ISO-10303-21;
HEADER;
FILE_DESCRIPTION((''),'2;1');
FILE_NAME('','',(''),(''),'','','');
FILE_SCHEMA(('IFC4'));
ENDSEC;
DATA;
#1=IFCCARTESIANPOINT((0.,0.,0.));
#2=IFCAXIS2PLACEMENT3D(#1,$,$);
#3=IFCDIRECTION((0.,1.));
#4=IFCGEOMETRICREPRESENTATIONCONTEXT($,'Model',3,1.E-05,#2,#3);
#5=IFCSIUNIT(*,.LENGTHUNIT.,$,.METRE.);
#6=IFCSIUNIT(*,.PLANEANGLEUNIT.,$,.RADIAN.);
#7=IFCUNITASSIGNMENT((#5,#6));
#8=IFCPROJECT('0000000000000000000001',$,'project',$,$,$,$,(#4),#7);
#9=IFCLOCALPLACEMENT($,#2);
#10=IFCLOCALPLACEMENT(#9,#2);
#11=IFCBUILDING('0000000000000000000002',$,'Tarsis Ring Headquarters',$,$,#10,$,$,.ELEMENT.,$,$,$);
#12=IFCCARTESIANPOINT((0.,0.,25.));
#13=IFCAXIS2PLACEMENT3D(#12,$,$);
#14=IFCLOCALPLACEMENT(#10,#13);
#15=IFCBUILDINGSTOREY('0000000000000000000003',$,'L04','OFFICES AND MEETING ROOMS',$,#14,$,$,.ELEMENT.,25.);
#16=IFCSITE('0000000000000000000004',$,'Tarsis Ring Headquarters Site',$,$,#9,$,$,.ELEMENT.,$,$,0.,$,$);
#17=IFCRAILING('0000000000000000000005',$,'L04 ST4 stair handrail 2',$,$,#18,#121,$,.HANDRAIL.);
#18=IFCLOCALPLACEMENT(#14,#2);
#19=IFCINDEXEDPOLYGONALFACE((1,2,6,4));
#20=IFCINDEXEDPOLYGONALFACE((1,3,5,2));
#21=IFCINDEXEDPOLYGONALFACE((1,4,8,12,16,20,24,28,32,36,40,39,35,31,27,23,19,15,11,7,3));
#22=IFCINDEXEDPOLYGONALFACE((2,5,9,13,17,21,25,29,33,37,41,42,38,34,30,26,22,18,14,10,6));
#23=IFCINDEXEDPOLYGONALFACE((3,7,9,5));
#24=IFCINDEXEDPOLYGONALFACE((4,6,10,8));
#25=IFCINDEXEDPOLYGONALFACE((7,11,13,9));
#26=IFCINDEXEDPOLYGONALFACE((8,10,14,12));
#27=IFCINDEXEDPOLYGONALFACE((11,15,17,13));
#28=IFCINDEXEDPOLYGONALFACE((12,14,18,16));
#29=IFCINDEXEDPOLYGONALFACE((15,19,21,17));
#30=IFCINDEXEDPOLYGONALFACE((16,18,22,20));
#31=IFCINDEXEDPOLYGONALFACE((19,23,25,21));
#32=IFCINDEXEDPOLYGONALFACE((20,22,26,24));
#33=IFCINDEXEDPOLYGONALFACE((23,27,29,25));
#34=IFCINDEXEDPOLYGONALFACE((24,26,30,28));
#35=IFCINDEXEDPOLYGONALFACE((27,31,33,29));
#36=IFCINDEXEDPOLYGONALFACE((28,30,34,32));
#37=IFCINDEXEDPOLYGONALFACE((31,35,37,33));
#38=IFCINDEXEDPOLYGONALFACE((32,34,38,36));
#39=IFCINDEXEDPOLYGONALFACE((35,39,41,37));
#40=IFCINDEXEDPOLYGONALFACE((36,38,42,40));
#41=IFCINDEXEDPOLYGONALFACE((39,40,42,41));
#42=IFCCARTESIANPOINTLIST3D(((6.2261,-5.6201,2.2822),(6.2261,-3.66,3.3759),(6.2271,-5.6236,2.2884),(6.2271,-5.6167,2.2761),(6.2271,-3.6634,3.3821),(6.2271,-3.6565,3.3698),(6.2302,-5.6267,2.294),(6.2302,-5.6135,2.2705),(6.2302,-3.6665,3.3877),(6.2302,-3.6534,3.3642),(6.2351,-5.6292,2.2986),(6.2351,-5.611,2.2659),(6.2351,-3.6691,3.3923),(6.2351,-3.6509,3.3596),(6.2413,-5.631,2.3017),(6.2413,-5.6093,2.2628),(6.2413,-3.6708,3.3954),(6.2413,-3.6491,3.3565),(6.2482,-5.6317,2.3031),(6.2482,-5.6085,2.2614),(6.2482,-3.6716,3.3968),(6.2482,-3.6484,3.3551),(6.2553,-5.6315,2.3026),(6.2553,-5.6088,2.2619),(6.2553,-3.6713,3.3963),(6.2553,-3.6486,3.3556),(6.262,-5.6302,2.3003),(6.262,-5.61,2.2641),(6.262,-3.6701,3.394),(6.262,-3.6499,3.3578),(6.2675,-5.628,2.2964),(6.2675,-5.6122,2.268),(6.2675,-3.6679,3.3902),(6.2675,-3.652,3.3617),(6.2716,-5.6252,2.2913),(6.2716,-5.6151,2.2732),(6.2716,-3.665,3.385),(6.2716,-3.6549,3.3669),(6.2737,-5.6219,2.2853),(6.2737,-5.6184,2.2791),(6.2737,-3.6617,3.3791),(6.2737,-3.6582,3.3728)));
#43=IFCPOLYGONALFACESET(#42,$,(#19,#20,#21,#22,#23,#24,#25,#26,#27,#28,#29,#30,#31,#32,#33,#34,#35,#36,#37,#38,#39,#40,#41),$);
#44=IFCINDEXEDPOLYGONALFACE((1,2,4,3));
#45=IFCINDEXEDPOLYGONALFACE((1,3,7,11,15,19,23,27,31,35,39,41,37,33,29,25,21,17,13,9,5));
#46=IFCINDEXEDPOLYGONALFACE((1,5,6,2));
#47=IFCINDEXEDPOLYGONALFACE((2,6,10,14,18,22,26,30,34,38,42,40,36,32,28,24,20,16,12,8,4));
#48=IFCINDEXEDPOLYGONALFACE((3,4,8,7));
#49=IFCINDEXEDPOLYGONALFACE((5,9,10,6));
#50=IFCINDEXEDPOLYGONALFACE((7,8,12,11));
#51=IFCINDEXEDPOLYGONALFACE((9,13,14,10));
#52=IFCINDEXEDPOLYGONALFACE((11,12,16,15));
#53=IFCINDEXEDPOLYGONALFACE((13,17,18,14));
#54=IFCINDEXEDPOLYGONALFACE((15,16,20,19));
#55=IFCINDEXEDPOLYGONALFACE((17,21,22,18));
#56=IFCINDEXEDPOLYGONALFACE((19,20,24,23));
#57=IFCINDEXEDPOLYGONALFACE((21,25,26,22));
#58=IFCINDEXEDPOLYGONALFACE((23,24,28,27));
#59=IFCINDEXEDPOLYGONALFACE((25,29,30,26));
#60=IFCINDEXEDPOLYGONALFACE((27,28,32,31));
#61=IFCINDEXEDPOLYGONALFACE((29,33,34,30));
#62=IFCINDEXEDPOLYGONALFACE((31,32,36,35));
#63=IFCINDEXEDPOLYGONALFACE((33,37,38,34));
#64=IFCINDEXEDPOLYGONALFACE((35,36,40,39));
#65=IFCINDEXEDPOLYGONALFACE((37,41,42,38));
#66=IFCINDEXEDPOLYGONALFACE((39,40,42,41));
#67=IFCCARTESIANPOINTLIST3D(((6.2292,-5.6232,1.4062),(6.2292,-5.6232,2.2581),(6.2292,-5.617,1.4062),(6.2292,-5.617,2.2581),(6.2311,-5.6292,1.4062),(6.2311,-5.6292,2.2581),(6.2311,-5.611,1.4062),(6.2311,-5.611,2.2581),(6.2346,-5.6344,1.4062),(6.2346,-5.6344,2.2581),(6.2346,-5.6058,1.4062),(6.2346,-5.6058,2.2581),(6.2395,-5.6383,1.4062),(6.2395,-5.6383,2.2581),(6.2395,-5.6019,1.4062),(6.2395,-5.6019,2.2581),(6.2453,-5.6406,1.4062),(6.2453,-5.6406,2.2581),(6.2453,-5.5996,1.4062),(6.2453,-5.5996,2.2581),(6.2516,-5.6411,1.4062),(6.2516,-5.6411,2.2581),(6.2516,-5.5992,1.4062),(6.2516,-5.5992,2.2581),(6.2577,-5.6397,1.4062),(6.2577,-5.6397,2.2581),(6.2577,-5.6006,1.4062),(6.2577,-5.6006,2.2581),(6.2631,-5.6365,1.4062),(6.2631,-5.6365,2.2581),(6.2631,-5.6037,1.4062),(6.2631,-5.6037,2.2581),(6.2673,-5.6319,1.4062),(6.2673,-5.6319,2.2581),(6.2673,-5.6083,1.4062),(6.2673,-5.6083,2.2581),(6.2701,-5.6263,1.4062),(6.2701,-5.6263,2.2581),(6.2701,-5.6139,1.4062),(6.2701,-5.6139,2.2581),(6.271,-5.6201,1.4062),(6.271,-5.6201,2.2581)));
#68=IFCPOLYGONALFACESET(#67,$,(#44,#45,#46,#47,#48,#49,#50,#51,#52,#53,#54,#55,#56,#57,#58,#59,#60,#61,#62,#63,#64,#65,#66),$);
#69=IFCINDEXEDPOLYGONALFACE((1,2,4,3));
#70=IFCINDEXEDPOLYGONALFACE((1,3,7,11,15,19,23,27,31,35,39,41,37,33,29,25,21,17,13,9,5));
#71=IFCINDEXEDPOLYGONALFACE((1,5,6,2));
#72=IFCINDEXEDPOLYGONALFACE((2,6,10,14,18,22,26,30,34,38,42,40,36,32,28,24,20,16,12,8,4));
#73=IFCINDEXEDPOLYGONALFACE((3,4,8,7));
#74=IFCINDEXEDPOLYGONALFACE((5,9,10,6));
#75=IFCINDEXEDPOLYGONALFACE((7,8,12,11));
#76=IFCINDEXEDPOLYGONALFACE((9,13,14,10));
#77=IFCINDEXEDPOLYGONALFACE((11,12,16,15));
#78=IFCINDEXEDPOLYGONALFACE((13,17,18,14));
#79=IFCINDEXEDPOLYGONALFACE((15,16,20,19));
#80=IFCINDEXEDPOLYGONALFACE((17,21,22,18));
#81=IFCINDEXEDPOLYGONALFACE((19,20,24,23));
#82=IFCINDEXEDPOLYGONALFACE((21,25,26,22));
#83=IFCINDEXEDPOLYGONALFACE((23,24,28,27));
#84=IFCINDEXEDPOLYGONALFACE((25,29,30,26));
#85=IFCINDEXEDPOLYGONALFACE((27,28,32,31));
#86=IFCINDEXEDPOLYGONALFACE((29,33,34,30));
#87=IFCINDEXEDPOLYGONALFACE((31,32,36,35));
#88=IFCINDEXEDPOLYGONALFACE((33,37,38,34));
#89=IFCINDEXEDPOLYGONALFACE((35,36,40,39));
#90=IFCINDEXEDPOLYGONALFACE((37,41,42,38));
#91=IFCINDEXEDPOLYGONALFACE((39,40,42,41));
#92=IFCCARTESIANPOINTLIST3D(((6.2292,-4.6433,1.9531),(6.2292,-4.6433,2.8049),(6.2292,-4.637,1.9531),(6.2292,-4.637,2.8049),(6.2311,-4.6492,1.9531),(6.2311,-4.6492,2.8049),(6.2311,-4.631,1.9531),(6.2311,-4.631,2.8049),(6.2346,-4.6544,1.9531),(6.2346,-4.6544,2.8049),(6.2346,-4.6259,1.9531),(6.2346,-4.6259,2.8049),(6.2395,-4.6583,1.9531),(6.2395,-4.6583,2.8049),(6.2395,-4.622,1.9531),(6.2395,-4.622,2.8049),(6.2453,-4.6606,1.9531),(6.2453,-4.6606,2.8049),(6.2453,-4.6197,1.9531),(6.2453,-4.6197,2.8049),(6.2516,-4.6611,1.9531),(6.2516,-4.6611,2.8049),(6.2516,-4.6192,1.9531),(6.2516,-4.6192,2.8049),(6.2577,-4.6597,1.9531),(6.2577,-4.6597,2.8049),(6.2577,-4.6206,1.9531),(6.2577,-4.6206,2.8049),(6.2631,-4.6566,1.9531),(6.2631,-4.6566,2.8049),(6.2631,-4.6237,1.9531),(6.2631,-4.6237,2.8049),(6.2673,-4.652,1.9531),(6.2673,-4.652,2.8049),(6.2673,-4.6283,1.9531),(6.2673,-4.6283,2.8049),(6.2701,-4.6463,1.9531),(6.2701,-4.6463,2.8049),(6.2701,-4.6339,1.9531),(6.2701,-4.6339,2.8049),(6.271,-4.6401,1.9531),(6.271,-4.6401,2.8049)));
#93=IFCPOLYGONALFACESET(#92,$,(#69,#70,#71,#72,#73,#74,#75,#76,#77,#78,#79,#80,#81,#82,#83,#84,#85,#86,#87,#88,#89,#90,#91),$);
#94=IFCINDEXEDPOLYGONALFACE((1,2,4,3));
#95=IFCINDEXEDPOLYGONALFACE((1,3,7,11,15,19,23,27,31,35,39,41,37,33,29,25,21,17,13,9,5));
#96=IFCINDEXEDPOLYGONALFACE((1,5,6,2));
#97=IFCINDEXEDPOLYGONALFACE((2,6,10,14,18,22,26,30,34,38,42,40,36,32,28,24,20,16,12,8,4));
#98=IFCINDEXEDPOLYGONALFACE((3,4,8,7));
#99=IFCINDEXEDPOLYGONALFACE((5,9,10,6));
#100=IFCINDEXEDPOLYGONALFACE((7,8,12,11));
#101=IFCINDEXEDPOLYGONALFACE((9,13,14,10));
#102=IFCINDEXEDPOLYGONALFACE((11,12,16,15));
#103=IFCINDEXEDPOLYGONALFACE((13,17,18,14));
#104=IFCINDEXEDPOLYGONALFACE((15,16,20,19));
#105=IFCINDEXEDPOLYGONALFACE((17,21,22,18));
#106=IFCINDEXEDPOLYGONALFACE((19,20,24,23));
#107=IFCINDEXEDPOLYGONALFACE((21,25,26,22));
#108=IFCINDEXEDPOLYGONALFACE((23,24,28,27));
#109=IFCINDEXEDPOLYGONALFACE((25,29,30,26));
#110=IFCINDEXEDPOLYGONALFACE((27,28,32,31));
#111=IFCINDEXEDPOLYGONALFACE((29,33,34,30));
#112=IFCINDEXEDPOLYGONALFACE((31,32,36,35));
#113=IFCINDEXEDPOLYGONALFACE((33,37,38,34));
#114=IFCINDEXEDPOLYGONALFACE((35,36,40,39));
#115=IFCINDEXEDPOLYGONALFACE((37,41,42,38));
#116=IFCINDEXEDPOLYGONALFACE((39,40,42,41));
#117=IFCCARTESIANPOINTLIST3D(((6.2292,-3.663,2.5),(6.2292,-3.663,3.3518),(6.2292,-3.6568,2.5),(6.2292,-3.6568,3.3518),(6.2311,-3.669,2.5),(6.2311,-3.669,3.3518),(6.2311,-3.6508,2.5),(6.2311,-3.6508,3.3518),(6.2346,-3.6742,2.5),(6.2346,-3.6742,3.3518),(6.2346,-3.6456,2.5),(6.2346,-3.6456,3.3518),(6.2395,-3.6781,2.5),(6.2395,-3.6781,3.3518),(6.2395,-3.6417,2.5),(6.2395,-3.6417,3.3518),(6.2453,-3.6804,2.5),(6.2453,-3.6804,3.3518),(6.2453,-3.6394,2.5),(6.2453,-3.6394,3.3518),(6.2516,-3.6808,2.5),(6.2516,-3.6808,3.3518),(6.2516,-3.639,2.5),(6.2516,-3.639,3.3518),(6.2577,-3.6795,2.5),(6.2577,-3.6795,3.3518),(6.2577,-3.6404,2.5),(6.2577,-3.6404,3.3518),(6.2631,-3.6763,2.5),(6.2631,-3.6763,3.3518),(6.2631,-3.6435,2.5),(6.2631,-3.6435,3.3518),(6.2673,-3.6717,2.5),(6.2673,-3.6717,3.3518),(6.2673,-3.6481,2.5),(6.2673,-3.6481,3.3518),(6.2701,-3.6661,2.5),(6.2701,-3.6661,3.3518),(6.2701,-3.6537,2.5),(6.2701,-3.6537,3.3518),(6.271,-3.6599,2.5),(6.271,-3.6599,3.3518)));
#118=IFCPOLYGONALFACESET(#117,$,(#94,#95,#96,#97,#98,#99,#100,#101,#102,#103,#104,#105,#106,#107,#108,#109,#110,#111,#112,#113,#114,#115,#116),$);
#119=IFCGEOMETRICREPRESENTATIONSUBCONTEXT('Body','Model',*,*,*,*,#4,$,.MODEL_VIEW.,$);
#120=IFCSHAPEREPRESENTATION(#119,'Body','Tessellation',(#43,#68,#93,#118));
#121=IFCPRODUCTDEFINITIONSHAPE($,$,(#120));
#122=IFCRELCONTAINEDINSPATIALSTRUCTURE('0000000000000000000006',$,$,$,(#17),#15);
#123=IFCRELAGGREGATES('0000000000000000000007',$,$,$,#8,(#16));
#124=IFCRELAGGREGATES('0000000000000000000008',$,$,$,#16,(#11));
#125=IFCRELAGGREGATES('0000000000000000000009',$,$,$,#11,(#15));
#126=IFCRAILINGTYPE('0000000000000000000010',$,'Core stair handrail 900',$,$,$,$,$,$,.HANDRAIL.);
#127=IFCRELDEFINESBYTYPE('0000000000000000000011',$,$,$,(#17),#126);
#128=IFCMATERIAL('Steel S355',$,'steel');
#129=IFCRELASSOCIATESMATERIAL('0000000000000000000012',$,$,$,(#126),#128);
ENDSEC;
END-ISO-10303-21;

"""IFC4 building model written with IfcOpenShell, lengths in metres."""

from ifc_helpers import new_model, si_unit, direction, frame, origin, origin_2d, place, context, subcontext, project, spatial, circle, extrude, material, type_object, element, save


model = new_model("IFC4")

# Units and contexts
model_context = context("Model", 3, precision=1e-05, world=origin(), true_north=direction((0.0, 1.0)))
body_context = subcontext(model_context, "Body", "Model", "MODEL_VIEW")
ifc_project = project(units=[si_unit("LENGTHUNIT", "METRE"), si_unit("PLANEANGLEUNIT", "RADIAN")], contexts=[model_context])

# Site, building, storey
site_placement = place(None, origin())
site = spatial("IfcSite", under=ifc_project, at=site_placement, Name="Tarsis Ring Headquarters Site", CompositionType="ELEMENT", RefElevation=0.0)
building_placement = place(site_placement, origin())
building = spatial("IfcBuilding", under=site, at=building_placement, Name="Tarsis Ring Headquarters", CompositionType="ELEMENT")
storey_placement = place(building_placement, frame((0.0, 0.0, 25.0)))
storey = spatial("IfcBuildingStorey", under=building, at=storey_placement, Name="L04", Description="OFFICES AND MEETING ROOMS", CompositionType="ELEMENT", Elevation=25.0)

# Railing
ifc_material_1 = material(Name="Steel S355", Category="steel")
railing_type_1 = type_object("IfcRailingType", Name="Core stair handrail 900", PredefinedType="HANDRAIL", material=ifc_material_1)
railing_1_placement = place(storey_placement, frame((6.25, -5.6201, 1.4062)))
element("IfcRailing", 1, at=railing_1_placement, inside=storey, type_object=railing_type_1, Name="L04 ST4 stair handrail 2", PredefinedType="HANDRAIL", context=body_context, shape_type="SweptSolid", body=[
    extrude(circle(Radius=0.0239, at=origin_2d()), frame((0.0, 0.0, 0.876), z_axis=(0.0, 0.873258, 0.487258), x_axis=(-1.0, 0.0, 0.0)), (0.0, 0.0, 1.0), 2.2446),
    extrude(circle(Radius=0.021, at=origin_2d()), origin(), (0.0, 0.0, 1.0), 0.8518),
    extrude(circle(Radius=0.021, at=origin_2d()), frame((0.0, 0.98, 0.5469)), (0.0, 0.0, 1.0), 0.8518),
    extrude(circle(Radius=0.021, at=origin_2d()), frame((0.0, 1.9602, 1.0938)), (0.0, 0.0, 1.0), 0.8518),
])

save(model, "model.ifc")
